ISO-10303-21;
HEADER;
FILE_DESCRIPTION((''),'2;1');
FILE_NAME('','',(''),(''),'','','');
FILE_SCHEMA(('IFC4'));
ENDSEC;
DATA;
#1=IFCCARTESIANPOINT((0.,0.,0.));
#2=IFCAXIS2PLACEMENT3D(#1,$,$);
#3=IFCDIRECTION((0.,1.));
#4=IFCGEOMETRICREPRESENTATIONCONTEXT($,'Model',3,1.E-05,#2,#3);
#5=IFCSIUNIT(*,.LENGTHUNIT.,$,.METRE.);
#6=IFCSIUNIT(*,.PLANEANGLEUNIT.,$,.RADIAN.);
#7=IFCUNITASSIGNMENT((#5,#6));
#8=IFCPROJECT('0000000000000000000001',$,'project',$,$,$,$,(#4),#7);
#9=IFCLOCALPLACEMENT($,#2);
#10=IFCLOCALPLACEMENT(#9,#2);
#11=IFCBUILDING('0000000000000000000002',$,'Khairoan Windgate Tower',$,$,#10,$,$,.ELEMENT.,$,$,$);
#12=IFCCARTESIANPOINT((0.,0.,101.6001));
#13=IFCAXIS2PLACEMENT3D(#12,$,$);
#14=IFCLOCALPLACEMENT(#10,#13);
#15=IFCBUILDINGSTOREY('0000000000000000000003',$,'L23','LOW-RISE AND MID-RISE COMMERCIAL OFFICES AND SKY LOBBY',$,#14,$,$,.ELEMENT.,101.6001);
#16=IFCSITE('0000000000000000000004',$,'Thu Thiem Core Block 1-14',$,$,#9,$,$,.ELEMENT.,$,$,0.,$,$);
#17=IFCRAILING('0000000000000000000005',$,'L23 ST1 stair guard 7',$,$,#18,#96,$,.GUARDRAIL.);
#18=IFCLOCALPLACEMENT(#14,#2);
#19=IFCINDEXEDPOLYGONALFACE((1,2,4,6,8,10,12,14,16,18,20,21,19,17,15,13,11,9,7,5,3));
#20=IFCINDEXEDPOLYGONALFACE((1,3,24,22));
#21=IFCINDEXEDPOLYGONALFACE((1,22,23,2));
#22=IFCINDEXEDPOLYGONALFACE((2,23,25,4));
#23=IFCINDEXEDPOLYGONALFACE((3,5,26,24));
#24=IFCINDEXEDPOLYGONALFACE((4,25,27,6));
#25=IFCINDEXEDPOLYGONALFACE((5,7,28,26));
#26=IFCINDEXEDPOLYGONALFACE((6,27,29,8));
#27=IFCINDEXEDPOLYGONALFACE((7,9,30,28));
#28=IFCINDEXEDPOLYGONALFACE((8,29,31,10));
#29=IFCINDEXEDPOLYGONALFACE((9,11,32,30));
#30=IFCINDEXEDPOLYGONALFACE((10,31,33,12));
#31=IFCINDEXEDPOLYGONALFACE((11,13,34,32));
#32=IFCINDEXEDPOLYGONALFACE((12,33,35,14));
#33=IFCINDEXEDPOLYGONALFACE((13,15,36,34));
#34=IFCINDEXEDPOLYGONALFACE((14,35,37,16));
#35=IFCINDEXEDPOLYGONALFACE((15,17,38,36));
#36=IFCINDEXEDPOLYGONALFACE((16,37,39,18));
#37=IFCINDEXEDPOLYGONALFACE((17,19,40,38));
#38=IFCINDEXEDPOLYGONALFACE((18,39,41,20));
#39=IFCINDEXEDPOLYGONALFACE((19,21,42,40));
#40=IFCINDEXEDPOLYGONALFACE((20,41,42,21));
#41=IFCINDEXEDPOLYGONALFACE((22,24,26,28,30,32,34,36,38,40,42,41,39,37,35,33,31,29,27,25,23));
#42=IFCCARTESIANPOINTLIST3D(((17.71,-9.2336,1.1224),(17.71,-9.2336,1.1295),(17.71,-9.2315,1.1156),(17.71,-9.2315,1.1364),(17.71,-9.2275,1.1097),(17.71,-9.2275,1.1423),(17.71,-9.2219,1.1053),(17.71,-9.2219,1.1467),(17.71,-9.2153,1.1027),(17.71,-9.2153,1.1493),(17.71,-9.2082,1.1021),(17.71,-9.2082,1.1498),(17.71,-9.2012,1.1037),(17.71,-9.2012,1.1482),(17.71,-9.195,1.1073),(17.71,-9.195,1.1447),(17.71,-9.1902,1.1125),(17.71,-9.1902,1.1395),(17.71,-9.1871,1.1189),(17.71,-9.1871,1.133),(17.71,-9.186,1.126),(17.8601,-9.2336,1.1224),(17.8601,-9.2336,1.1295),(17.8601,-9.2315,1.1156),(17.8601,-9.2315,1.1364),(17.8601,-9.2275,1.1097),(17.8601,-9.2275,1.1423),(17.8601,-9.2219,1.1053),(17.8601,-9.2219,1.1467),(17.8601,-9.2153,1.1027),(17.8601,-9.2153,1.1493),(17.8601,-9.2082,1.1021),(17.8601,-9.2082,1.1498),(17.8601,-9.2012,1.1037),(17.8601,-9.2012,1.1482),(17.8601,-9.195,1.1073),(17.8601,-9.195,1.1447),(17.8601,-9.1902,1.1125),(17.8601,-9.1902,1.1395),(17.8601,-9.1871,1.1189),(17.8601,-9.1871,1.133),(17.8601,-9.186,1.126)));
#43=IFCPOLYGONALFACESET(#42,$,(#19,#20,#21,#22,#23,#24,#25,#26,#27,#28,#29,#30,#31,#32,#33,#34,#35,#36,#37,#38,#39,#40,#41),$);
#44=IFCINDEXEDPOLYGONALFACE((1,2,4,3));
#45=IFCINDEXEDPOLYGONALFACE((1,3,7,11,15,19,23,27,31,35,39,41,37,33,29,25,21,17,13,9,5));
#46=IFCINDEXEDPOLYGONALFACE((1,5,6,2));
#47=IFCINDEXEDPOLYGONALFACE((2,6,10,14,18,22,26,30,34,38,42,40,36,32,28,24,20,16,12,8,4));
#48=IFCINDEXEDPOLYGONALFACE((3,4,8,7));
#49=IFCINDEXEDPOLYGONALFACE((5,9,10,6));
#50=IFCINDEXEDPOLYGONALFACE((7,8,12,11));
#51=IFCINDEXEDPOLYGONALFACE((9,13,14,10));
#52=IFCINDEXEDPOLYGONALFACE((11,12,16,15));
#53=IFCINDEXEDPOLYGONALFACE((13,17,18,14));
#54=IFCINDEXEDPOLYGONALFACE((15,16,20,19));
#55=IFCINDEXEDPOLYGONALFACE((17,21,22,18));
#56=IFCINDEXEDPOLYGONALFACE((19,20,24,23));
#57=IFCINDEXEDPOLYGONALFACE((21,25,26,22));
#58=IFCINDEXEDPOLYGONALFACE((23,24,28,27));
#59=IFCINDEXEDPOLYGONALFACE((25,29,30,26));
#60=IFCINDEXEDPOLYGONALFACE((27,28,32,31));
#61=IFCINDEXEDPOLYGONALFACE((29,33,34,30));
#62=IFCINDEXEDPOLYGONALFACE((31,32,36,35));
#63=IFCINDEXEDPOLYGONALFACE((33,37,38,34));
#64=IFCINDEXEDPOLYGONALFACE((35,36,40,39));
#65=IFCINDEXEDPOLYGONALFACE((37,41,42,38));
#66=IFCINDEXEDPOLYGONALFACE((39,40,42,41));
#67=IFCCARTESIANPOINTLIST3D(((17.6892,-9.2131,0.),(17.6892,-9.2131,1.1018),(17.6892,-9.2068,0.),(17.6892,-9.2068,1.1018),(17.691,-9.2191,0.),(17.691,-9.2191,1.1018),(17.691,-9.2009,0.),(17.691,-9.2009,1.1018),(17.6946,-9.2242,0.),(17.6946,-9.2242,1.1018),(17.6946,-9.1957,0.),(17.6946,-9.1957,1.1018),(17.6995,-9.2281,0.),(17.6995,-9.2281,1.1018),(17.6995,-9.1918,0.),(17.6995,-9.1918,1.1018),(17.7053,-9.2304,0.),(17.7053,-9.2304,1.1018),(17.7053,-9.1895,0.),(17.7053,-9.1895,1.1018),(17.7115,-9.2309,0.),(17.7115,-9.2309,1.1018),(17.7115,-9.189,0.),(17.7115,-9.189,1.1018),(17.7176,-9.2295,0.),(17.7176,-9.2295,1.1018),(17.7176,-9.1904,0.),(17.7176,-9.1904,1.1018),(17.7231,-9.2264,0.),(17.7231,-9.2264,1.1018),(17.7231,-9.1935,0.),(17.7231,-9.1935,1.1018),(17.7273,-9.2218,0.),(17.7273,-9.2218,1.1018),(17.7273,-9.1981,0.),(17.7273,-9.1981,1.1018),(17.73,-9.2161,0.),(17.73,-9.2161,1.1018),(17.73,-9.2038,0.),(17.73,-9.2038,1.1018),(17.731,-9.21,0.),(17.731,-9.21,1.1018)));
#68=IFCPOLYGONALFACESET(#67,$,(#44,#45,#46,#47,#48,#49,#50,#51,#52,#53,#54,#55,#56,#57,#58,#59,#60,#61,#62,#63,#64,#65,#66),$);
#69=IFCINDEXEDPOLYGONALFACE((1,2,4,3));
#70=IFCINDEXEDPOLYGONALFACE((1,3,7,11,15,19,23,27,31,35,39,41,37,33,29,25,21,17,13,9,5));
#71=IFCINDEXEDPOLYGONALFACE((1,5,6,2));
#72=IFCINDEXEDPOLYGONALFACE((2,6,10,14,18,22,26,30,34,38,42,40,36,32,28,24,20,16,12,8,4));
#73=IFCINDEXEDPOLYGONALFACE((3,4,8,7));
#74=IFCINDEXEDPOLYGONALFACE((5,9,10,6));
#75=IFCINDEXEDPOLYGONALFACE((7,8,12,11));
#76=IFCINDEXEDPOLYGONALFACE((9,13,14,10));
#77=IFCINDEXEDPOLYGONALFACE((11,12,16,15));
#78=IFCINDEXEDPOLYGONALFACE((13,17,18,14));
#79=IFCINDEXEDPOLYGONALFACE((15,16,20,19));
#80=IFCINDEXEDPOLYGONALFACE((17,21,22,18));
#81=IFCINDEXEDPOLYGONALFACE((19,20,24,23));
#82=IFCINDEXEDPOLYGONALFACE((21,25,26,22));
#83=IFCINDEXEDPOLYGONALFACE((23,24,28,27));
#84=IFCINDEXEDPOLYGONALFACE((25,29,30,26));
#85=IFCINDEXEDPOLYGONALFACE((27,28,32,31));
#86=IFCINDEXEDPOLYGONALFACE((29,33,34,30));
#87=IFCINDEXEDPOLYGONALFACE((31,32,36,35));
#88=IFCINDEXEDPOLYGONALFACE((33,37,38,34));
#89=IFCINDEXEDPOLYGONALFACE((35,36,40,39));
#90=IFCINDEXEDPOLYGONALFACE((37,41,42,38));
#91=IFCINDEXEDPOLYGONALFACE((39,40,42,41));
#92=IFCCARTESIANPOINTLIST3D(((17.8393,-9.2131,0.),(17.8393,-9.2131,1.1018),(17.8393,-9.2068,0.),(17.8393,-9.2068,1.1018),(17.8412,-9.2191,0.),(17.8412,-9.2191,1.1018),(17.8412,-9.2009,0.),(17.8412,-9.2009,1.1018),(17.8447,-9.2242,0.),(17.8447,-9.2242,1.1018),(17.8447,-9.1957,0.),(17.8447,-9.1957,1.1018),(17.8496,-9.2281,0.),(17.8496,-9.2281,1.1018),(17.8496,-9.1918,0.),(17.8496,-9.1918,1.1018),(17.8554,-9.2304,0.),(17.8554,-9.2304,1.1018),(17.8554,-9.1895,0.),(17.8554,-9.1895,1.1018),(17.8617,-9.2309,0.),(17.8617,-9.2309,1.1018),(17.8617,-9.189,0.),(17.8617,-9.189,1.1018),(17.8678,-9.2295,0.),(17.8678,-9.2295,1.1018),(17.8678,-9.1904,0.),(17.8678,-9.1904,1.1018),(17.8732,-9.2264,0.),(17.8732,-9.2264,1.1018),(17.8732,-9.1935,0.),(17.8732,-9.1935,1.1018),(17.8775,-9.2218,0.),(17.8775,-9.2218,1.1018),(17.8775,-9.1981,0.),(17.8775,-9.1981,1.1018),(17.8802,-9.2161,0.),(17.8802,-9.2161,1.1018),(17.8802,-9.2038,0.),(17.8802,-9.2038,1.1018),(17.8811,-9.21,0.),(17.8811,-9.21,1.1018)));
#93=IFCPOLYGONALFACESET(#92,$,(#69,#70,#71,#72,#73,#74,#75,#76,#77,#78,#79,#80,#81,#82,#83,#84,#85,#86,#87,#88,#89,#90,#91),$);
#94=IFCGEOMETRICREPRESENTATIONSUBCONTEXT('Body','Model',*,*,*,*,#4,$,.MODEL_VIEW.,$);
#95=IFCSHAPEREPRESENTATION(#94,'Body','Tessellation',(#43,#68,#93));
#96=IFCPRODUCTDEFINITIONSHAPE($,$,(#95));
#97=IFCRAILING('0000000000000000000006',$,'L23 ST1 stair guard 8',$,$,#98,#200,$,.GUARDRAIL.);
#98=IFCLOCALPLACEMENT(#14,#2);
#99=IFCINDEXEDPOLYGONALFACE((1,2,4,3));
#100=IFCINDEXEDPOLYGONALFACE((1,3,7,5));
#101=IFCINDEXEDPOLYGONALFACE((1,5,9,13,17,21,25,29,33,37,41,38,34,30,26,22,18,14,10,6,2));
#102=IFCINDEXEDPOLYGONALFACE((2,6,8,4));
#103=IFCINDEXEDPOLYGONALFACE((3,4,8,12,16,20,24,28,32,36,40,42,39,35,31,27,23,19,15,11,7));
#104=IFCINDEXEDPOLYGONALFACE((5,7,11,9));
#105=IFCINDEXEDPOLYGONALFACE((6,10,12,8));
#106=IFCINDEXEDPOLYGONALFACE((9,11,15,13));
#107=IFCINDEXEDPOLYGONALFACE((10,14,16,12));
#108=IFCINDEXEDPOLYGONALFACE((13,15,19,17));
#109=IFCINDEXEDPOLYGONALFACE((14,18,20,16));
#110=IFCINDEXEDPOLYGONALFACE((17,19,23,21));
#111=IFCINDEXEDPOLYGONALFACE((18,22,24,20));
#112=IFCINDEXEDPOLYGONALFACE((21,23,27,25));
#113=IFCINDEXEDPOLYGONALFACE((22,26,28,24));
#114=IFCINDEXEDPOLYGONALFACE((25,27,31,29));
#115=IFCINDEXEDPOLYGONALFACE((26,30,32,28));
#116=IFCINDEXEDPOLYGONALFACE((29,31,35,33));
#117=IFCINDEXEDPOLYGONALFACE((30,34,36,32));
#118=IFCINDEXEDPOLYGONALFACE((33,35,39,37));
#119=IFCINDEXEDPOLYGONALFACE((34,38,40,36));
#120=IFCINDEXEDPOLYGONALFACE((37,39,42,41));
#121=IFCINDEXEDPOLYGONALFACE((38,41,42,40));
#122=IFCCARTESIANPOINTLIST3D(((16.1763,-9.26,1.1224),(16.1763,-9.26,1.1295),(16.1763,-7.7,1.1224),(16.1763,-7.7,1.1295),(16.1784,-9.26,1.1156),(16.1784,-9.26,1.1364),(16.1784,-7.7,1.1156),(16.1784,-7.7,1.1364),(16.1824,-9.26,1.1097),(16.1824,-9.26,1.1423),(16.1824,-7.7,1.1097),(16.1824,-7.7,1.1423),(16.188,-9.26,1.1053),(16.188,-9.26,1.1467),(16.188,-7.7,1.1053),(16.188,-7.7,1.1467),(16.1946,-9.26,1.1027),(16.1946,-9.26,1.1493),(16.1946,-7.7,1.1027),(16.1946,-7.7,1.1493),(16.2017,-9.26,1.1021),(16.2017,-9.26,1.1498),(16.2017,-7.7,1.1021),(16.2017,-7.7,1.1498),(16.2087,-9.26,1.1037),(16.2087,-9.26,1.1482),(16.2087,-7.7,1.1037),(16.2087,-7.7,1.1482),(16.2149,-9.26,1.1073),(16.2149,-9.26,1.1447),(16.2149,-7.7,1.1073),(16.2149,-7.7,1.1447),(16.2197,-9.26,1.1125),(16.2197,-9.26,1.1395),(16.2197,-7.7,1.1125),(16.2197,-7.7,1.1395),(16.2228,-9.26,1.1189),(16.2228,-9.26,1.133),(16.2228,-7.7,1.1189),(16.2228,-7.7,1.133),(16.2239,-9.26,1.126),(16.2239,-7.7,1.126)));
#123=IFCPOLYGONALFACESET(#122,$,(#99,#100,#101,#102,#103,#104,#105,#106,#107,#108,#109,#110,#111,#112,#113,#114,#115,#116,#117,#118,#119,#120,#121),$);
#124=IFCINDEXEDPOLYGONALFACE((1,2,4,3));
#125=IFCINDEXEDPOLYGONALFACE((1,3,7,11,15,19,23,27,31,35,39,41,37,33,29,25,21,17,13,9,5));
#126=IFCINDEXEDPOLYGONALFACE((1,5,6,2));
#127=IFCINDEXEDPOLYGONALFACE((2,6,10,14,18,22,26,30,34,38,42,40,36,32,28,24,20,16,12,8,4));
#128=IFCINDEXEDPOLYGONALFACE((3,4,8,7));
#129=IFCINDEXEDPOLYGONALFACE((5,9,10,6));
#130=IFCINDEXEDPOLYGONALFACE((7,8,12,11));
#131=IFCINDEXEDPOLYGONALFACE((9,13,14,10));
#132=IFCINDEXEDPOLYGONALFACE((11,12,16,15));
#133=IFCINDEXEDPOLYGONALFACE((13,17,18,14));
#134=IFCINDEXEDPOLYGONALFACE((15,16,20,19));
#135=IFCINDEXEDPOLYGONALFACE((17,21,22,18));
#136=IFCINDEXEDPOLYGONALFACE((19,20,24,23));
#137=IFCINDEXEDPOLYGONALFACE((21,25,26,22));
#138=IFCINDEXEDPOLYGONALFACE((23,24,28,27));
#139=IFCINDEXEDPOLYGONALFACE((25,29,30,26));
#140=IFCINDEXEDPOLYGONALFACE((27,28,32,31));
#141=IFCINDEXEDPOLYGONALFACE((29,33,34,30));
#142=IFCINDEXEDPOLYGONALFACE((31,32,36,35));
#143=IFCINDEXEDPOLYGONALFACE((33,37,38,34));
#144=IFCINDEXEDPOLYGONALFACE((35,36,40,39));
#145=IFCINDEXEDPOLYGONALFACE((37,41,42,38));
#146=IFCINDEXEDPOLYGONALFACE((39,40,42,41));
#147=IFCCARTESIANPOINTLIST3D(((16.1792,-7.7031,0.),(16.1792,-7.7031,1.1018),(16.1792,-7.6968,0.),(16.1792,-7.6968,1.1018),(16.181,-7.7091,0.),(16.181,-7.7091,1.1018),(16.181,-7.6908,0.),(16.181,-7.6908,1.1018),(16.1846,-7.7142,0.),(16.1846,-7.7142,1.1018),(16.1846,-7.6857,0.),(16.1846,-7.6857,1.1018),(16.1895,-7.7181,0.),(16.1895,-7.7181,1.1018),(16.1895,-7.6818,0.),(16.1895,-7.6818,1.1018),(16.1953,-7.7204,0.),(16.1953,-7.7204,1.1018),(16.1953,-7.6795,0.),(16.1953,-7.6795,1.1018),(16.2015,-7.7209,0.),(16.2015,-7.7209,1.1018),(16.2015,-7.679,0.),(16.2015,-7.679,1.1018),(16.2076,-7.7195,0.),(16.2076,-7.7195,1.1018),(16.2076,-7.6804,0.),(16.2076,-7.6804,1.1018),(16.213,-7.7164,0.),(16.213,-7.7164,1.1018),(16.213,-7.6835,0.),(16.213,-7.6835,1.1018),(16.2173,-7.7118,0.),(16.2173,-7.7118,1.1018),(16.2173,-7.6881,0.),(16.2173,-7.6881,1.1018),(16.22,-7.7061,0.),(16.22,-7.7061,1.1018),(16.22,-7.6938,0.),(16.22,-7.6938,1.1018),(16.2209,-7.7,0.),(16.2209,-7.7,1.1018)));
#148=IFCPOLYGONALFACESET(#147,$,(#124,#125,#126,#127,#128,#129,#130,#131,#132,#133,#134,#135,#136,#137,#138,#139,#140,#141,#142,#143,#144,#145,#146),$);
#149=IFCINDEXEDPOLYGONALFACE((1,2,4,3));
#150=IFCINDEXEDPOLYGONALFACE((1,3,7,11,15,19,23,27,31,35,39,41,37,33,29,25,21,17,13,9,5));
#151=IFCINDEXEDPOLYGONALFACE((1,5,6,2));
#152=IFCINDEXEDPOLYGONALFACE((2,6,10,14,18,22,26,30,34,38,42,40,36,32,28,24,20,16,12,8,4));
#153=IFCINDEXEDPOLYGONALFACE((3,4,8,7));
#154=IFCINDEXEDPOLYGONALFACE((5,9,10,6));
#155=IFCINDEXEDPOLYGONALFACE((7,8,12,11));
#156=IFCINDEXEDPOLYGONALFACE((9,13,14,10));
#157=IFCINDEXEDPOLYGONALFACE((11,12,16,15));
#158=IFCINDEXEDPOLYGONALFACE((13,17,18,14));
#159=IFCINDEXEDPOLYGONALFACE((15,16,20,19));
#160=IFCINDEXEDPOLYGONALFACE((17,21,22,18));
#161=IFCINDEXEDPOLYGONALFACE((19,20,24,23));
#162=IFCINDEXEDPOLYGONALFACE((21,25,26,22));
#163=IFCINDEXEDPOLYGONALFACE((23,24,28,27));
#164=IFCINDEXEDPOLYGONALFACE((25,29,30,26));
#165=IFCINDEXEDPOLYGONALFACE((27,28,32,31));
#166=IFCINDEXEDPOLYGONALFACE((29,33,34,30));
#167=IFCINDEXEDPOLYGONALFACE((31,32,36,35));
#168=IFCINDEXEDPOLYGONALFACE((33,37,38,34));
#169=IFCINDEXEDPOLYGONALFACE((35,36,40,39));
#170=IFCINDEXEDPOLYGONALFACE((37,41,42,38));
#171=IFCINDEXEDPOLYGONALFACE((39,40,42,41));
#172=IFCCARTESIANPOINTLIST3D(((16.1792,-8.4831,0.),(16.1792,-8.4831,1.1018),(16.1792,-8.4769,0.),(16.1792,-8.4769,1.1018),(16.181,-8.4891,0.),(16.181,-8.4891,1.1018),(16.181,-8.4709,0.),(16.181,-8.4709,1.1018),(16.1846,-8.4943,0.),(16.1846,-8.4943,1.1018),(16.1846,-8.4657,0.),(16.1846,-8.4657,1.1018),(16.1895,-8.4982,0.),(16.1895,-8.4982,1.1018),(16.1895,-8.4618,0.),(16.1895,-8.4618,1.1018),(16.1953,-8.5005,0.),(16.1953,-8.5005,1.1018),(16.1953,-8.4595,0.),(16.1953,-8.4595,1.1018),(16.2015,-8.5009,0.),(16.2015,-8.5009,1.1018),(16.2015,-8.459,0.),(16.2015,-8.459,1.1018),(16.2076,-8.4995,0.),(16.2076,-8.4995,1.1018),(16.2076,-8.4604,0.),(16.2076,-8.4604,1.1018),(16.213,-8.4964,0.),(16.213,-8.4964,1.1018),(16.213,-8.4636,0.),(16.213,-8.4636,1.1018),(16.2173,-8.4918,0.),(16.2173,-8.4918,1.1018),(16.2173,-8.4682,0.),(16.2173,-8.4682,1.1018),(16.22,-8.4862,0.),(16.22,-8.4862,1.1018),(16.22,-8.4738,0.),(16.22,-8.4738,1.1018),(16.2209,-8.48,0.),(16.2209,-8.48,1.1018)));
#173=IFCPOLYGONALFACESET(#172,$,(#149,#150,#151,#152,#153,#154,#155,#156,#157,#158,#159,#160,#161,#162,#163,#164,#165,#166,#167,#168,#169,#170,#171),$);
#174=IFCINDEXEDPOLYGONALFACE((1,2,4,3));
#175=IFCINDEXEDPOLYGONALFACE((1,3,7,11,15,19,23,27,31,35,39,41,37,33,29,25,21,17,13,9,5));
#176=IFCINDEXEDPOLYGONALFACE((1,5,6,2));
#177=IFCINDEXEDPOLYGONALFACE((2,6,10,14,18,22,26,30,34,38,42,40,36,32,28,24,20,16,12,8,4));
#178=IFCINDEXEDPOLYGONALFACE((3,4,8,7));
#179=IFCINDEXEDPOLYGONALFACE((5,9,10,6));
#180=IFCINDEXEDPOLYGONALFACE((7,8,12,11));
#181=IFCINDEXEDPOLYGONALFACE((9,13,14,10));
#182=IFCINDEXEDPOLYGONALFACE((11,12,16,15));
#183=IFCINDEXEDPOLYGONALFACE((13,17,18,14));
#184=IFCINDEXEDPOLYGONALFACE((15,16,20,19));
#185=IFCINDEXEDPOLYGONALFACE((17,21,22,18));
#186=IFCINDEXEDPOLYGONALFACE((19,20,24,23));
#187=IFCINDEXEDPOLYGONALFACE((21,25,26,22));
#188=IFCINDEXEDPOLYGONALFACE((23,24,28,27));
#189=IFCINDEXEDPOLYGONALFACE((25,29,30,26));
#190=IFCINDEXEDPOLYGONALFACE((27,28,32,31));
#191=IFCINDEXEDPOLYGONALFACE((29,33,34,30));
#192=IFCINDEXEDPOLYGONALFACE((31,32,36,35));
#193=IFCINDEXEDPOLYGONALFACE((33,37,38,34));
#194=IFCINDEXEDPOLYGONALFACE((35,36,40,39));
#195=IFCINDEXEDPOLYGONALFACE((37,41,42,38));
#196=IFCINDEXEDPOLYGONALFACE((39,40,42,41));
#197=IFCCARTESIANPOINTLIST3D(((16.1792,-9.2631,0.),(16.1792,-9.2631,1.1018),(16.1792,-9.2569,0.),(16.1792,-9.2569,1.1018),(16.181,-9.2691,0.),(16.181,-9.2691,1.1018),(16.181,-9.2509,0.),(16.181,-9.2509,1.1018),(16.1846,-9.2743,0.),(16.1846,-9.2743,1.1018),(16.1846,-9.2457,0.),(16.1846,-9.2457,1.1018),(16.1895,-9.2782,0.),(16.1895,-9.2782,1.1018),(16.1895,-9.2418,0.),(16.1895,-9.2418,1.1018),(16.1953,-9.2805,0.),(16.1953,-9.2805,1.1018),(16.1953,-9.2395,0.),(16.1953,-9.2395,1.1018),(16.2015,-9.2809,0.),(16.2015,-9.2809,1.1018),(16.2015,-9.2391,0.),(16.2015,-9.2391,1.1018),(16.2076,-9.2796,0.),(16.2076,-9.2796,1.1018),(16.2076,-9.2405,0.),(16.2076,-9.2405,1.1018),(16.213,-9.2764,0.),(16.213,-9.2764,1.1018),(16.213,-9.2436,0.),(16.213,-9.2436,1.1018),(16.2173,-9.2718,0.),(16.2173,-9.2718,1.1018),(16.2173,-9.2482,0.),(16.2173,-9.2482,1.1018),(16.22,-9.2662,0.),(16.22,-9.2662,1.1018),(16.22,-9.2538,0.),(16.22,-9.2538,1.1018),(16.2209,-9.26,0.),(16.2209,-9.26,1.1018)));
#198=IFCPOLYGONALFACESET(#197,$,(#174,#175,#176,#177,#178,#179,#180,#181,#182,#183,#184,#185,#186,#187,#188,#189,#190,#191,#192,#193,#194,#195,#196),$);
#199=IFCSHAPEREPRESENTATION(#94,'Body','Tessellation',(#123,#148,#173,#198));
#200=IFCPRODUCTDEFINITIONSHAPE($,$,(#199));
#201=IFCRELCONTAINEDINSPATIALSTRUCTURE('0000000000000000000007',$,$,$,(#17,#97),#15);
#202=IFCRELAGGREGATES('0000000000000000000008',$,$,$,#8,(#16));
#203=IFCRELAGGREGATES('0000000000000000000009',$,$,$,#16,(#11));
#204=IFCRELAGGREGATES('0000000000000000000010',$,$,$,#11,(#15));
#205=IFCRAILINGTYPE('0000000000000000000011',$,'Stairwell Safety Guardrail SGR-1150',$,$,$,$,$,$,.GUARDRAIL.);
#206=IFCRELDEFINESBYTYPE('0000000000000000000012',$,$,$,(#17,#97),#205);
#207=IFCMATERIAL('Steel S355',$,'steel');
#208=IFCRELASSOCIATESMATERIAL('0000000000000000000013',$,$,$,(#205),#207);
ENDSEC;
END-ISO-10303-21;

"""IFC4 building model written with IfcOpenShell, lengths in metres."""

from ifc_helpers import new_model, si_unit, direction, frame, origin, origin_2d, place, context, subcontext, project, spatial, circle, extrude, material, type_object, element, save


model = new_model("IFC4")

# Units and contexts
model_context = context("Model", 3, precision=1e-05, world=origin(), true_north=direction((0.0, 1.0)))
body_context = subcontext(model_context, "Body", "Model", "MODEL_VIEW")
ifc_project = project(units=[si_unit("LENGTHUNIT", "METRE"), si_unit("PLANEANGLEUNIT", "RADIAN")], contexts=[model_context])

# Site, building, storey
site_placement = place(None, origin())
site = spatial("IfcSite", under=ifc_project, at=site_placement, Name="Thu Thiem Core Block 1-14", CompositionType="ELEMENT", RefElevation=0.0)
building_placement = place(site_placement, origin())
building = spatial("IfcBuilding", under=site, at=building_placement, Name="Khairoan Windgate Tower", CompositionType="ELEMENT")
storey_placement = place(building_placement, frame((0.0, 0.0, 101.6001)))
storey = spatial("IfcBuildingStorey", under=building, at=storey_placement, Name="L23", Description="LOW-RISE AND MID-RISE COMMERCIAL OFFICES AND SKY LOBBY", CompositionType="ELEMENT", Elevation=101.6001)

# Railings
ifc_material_1 = material(Name="Steel S355", Category="steel")
railing_type_1 = type_object("IfcRailingType", Name="Stairwell Safety Guardrail SGR-1150", PredefinedType="GUARDRAIL", material=ifc_material_1)
railing_1_placement = place(storey_placement, frame((17.71, -9.21, 0.0)))
element("IfcRailing", 1, at=railing_1_placement, inside=storey, type_object=railing_type_1, Name="L23 ST1 stair guard 7", PredefinedType="GUARDRAIL", context=body_context, shape_type="SweptSolid", body=[
    extrude(circle(Radius=0.0239, at=origin_2d()), frame((0.0, 0.0, 1.126), z_axis=(1.0, 0.0, 0.0), x_axis=(0.0, 1.0, 0.0)), (0.0, 0.0, 1.0), 0.1501),
    extrude(circle(Radius=0.021, at=origin_2d()), origin(), (0.0, 0.0, 1.0), 1.1018),
    extrude(circle(Radius=0.021, at=origin_2d()), frame((0.1501, 0.0, 0.0)), (0.0, 0.0, 1.0), 1.1018),
])
for number, where, name in (
    (2, (16.2, -7.7, 0.0), "L23 ST1 stair guard 8"),
):
    element("IfcRailing", number, at=place(storey_placement, frame(where)), inside=storey, type_object=railing_type_1, Name=name, PredefinedType="GUARDRAIL", context=body_context, shape_type="SweptSolid", body=[
        extrude(circle(Radius=0.0239, at=origin_2d()), frame((0.0, 0.0, 1.126), z_axis=(0.0, -1.0, 0.0), x_axis=(1.0, 0.0, 0.0)), (0.0, 0.0, 1.0), 1.5601),
        extrude(circle(Radius=0.021, at=origin_2d()), origin(), (0.0, 0.0, 1.0), 1.1018),
        extrude(circle(Radius=0.021, at=origin_2d()), frame((0.0, -0.78, 0.0)), (0.0, 0.0, 1.0), 1.1018),
        extrude(circle(Radius=0.021, at=origin_2d()), frame((0.0, -1.5601, 0.0)), (0.0, 0.0, 1.0), 1.1018),
    ])

save(model, "model.ifc")
